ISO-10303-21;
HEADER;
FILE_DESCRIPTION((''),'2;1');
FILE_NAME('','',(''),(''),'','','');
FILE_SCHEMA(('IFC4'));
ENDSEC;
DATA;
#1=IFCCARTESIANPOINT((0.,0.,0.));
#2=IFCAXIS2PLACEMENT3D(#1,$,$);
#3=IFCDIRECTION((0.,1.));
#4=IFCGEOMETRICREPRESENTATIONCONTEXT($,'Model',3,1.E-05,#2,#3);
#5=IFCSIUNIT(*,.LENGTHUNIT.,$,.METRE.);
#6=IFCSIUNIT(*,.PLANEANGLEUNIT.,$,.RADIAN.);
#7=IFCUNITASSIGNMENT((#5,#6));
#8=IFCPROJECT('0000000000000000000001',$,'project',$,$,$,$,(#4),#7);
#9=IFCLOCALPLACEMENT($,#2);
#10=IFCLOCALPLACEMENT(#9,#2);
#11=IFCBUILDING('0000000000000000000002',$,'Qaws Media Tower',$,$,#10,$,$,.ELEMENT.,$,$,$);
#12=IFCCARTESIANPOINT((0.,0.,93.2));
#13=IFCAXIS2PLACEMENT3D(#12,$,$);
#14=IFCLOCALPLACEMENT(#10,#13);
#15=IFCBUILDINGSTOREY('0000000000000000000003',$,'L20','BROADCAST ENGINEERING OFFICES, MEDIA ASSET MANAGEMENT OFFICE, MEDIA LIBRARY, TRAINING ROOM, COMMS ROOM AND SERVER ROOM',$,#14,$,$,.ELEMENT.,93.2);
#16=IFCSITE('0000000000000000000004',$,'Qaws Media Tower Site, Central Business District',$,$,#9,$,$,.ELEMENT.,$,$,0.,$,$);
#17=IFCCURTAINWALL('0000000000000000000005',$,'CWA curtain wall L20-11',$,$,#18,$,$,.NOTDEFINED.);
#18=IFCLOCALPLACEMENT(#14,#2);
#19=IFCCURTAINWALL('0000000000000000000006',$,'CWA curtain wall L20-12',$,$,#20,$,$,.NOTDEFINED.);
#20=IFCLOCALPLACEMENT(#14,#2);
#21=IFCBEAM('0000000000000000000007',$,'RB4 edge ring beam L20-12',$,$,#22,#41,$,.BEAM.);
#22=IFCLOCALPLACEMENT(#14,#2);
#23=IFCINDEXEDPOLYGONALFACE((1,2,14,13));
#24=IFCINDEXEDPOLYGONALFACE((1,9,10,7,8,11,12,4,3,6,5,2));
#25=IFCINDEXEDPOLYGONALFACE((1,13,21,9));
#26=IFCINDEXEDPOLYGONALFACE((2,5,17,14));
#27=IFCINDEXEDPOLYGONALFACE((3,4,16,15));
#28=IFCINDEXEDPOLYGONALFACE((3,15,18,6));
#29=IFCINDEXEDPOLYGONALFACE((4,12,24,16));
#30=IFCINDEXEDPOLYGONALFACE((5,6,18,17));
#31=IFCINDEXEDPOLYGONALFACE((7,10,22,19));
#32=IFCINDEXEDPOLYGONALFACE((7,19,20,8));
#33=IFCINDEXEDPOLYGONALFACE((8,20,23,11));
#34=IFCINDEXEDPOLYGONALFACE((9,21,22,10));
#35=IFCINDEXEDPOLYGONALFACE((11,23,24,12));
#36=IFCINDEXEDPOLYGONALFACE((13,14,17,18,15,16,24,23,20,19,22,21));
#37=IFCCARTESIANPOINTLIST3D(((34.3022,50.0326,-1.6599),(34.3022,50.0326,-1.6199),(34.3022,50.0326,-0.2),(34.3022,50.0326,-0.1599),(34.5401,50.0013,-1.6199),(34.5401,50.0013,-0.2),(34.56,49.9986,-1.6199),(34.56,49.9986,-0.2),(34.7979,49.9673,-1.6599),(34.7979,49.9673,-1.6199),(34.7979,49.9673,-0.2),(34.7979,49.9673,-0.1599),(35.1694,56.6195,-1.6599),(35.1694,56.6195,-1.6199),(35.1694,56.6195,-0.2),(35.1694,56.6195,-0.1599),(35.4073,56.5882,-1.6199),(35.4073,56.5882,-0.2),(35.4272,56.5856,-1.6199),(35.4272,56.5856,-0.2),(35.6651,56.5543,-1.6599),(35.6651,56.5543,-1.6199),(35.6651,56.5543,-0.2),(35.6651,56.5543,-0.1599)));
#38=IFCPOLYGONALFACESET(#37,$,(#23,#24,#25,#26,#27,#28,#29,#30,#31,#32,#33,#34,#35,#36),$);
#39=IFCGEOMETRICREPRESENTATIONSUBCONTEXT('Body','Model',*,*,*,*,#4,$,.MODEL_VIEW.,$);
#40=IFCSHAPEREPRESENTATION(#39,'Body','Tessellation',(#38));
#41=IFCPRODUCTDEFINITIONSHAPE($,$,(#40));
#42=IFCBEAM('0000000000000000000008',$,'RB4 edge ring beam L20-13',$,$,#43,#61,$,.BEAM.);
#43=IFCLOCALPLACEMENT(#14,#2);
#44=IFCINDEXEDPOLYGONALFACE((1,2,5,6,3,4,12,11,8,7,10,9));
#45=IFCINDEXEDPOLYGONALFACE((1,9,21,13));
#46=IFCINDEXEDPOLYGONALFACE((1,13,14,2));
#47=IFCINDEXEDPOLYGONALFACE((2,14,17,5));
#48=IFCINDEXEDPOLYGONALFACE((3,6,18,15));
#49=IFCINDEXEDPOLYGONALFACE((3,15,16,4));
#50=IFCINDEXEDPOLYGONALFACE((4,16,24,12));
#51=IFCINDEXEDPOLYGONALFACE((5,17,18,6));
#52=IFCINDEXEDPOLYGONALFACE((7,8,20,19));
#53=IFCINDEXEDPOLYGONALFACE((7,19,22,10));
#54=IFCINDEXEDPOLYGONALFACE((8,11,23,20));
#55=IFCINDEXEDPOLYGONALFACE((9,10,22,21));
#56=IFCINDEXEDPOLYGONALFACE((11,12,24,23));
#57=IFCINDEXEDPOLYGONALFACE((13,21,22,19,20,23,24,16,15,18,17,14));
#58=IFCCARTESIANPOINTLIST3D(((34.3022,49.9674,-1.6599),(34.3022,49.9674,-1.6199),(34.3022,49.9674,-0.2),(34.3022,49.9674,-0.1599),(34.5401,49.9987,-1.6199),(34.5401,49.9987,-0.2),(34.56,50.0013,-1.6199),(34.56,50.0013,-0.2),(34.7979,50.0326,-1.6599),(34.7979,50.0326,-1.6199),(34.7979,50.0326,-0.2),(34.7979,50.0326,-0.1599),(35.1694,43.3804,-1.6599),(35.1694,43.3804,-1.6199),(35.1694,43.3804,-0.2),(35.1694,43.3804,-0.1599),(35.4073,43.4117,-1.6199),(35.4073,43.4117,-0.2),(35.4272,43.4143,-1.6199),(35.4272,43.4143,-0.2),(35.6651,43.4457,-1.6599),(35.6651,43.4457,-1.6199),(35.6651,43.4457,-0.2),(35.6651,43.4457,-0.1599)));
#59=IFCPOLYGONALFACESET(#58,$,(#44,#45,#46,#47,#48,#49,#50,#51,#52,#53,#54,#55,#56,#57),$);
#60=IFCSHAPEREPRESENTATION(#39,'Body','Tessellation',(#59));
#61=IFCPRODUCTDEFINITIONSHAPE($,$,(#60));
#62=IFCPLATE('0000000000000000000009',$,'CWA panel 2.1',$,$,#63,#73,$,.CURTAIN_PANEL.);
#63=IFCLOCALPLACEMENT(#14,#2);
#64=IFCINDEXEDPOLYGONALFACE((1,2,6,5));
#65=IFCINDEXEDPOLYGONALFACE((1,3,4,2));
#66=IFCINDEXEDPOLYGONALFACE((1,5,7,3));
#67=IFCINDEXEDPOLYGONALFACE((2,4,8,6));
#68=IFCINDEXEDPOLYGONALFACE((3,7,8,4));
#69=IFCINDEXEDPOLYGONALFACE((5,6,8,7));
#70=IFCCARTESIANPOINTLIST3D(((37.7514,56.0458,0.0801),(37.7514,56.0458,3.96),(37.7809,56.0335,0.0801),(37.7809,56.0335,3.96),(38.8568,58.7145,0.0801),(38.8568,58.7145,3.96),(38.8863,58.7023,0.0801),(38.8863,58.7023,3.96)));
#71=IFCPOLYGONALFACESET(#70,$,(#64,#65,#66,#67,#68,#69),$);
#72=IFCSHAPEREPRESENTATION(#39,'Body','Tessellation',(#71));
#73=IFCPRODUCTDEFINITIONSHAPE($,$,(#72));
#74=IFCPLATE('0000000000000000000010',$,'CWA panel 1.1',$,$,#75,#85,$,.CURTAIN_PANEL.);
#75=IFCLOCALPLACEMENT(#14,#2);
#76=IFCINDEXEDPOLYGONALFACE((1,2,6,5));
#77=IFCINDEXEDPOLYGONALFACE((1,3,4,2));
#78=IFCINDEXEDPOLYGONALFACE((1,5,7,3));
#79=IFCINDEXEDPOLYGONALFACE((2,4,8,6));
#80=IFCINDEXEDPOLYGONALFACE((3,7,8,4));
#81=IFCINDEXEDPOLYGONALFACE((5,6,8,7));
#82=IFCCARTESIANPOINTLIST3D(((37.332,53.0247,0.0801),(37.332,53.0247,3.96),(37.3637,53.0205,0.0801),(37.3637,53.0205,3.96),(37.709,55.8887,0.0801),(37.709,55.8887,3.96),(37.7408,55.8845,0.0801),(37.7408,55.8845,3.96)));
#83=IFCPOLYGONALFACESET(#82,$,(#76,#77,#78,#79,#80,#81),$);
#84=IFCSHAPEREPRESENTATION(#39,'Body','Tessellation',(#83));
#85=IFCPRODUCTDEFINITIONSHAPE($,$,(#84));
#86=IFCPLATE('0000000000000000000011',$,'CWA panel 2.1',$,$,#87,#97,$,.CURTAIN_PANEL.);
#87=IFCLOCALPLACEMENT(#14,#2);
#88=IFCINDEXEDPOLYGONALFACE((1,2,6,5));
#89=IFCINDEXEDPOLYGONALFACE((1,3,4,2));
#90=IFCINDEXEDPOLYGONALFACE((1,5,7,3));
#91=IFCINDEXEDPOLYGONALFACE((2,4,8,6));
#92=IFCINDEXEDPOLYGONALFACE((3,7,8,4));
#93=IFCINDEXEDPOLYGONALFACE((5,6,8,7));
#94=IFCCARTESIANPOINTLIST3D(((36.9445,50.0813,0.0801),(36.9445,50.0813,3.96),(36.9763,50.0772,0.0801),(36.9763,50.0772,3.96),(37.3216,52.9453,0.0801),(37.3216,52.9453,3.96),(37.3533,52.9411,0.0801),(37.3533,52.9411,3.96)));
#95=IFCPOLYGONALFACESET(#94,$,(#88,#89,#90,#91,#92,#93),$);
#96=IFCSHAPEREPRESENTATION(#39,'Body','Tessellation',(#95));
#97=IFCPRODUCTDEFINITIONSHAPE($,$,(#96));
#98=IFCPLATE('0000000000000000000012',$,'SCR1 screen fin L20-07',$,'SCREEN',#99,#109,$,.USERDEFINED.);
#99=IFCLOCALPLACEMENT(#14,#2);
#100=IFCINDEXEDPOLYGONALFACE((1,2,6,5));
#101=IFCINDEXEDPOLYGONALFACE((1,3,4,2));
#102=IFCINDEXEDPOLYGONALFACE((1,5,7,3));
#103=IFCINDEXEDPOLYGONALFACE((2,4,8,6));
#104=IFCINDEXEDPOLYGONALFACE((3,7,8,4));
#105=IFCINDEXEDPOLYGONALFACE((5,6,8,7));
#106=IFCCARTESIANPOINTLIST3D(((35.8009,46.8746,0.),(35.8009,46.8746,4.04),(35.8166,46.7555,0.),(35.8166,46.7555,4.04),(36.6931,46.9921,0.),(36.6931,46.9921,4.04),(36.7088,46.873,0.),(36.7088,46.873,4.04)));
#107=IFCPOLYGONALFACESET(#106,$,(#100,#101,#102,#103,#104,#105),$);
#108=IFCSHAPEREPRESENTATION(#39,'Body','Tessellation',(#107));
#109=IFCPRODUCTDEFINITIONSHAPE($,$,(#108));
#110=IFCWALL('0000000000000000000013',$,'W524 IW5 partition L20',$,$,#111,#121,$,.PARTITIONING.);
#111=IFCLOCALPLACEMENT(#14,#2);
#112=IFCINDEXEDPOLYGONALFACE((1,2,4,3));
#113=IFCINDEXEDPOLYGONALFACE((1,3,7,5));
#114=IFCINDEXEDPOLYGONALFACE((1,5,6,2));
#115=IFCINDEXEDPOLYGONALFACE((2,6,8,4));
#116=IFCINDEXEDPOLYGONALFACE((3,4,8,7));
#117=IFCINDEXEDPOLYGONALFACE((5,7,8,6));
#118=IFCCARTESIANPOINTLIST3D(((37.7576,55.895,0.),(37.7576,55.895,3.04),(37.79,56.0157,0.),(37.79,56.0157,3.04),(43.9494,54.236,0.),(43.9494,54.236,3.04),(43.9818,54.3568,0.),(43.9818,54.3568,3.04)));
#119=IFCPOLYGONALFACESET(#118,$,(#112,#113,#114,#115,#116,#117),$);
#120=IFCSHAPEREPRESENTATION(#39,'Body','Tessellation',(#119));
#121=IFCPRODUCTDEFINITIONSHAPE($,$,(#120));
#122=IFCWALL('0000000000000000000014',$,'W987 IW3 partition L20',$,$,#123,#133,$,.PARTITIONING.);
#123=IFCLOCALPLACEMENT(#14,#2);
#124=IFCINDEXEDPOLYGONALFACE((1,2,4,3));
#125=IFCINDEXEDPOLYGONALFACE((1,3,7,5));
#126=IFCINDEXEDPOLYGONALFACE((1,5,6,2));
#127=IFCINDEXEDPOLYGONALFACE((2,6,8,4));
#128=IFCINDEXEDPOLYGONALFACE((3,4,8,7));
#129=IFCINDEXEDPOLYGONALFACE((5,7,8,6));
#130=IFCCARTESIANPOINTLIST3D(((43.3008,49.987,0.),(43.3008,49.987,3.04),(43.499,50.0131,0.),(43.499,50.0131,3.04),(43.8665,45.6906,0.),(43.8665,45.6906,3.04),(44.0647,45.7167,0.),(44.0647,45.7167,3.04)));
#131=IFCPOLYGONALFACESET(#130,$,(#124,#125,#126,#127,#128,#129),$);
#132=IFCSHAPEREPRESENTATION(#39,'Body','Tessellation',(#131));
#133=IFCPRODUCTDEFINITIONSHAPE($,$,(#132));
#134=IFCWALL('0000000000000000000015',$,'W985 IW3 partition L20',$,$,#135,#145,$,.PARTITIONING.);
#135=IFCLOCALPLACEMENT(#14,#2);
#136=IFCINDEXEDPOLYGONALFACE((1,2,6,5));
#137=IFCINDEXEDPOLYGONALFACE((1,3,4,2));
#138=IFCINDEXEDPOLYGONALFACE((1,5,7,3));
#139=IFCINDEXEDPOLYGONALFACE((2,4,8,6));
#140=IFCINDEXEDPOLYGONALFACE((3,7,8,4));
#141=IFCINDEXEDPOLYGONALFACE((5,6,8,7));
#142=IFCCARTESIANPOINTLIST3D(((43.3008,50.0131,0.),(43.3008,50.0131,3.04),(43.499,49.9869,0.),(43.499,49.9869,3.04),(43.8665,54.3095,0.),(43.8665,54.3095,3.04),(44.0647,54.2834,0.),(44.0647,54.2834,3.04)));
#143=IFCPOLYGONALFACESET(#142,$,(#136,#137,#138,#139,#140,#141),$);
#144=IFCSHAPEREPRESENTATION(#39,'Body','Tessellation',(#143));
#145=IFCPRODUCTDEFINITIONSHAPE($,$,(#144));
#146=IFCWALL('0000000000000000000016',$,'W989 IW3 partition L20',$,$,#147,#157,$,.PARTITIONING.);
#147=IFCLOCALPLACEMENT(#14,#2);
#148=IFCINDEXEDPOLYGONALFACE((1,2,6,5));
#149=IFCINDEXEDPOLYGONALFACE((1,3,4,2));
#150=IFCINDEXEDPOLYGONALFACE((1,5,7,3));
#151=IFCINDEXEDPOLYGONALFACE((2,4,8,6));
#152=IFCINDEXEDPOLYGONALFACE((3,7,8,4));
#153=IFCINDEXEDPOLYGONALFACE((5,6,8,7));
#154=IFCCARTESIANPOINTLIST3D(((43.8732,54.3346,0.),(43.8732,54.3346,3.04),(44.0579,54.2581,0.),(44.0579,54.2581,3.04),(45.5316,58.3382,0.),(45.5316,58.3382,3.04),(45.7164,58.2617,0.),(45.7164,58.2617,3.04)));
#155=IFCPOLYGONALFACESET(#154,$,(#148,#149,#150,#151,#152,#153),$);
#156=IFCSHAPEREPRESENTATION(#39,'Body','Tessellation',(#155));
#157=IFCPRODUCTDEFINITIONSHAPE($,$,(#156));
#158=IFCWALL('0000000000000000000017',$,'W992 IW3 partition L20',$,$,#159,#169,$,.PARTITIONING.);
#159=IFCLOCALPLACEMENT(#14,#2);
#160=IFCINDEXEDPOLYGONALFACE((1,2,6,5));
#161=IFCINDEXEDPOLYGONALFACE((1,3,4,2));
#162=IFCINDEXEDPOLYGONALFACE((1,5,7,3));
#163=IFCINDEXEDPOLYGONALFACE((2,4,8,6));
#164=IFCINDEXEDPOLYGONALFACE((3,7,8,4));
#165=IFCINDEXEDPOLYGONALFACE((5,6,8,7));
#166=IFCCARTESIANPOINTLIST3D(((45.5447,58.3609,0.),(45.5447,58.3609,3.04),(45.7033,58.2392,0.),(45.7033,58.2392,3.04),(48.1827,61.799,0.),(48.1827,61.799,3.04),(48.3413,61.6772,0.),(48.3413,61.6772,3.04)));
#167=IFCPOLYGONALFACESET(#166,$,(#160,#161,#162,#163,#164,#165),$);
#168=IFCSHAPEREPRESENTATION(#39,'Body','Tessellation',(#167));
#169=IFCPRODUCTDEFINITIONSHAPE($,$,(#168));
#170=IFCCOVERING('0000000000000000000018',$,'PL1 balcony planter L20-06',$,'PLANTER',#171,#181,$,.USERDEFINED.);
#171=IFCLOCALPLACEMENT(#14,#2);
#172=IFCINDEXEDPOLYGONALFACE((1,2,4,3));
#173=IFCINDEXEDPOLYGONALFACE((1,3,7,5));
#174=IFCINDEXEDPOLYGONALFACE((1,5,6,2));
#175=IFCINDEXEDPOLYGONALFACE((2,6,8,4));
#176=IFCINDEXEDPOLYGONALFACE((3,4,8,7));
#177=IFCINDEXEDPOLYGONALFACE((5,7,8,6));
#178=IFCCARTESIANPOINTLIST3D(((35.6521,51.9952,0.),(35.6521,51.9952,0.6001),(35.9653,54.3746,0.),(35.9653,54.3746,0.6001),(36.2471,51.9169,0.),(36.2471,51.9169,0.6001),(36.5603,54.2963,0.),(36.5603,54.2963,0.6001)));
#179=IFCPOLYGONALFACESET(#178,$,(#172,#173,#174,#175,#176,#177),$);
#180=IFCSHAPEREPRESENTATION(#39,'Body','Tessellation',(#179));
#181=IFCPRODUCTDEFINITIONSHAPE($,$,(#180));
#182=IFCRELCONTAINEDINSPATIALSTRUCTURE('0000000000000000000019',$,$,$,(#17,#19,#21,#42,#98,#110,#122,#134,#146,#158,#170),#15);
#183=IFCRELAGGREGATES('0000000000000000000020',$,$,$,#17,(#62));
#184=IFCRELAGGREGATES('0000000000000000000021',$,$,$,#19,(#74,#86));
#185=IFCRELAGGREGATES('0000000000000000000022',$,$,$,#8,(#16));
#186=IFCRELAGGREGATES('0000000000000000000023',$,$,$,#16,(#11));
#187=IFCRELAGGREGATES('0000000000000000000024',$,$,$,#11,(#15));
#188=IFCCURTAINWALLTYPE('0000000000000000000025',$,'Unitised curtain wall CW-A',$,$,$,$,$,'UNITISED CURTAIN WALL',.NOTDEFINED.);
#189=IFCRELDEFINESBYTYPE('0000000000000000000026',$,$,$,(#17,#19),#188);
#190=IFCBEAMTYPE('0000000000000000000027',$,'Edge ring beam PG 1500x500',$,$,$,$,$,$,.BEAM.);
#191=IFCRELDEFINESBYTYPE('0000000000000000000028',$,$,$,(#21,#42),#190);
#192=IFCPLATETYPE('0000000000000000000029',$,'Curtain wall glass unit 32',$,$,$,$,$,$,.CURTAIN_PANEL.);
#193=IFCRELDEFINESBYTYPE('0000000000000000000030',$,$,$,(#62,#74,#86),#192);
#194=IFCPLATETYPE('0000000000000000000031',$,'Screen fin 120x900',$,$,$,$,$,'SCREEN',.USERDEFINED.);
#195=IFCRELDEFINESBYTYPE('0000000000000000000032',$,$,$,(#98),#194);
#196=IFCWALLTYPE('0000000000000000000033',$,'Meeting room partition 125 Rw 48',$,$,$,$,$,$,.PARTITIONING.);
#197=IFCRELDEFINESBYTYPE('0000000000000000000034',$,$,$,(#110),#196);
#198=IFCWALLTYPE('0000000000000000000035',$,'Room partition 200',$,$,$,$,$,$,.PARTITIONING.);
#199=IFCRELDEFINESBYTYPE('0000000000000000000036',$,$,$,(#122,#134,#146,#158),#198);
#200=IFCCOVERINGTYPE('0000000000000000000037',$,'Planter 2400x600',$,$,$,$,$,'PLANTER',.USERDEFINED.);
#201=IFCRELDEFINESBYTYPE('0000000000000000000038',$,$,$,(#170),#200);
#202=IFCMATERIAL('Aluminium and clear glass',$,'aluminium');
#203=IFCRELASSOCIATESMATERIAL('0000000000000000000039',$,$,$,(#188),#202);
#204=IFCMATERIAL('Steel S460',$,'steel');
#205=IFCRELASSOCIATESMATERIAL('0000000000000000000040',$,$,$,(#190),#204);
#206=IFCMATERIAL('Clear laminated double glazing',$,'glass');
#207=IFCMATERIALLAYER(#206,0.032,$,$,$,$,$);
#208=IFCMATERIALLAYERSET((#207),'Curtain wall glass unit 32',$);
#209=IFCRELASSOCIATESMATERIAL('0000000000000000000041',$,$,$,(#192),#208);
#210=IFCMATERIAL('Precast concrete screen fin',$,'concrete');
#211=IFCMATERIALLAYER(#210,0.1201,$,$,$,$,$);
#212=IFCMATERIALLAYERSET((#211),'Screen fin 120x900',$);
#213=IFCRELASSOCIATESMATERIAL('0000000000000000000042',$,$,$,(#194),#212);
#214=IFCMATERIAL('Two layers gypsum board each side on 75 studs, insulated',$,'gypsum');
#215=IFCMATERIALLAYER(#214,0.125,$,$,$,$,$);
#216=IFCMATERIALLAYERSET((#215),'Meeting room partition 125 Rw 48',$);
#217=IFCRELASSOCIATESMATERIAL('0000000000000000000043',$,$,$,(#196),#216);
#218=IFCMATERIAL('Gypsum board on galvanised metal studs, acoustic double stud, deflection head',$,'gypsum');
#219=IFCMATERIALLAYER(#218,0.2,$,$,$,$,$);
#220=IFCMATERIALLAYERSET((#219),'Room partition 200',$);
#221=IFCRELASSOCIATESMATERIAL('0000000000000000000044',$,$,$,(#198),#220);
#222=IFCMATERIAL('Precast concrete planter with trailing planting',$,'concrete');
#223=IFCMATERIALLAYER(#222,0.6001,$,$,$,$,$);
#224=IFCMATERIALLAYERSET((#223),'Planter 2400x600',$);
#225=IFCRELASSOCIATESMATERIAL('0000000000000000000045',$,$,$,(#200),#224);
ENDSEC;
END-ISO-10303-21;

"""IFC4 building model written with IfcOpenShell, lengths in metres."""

from ifc_helpers import new_model, si_unit, direction, frame, frame_2d, origin, origin_2d, place, context, subcontext, project, spatial, rectangle, i_section, extrude, material, layer, layer_set, material_profile, profile_set, type_object, element, aggregate, save


model = new_model("IFC4")

# Units and contexts
model_context = context("Model", 3, precision=1e-05, world=origin(), true_north=direction((0.0, 1.0)))
body_context = subcontext(model_context, "Body", "Model", "MODEL_VIEW")
ifc_project = project(units=[si_unit("LENGTHUNIT", "METRE"), si_unit("PLANEANGLEUNIT", "RADIAN")], contexts=[model_context])

# Site, building, storey
site_placement = place(None, origin())
site = spatial("IfcSite", under=ifc_project, at=site_placement, Name="Qaws Media Tower Site, Central Business District", CompositionType="ELEMENT", RefElevation=0.0)
building_placement = place(site_placement, origin())
building = spatial("IfcBuilding", under=site, at=building_placement, Name="Qaws Media Tower", CompositionType="ELEMENT")
storey_placement = place(building_placement, frame((0.0, 0.0, 93.2)))
storey = spatial("IfcBuildingStorey", under=building, at=storey_placement, Name="L20", Description="BROADCAST ENGINEERING OFFICES, MEDIA ASSET MANAGEMENT OFFICE, MEDIA LIBRARY, TRAINING ROOM, COMMS ROOM AND SERVER ROOM", CompositionType="ELEMENT", Elevation=93.2)

# Curtain wall
ifc_material_1 = material(Name="Aluminium and clear glass", Category="aluminium")
curtain_wall_type = type_object("IfcCurtainWallType", Name="Unitised curtain wall CW-A", ElementType="UNITISED CURTAIN WALL", PredefinedType="NOTDEFINED", material=ifc_material_1)
curtain_wall_1_placement = place(storey_placement, origin())
curtain_wall_1 = element("IfcCurtainWall", 1, at=curtain_wall_1_placement, inside=storey, type_object=curtain_wall_type, Name="CWA curtain wall L20-11", PredefinedType="NOTDEFINED")

# Curtain wall
curtain_wall_2_placement = place(storey_placement, origin())
curtain_wall_2 = element("IfcCurtainWall", 2, at=curtain_wall_2_placement, inside=storey, type_object=curtain_wall_type, Name="CWA curtain wall L20-12", PredefinedType="NOTDEFINED")

# Beams
ifc_material_2 = material(Name="Steel S460", Category="steel")
ifc_material_profile_1 = material_profile(ifc_material_2, i_section(OverallWidth=0.5, OverallDepth=1.5, WebThickness=0.02, FlangeThickness=0.04, at=origin_2d()), Name="PG 1500x500")
ifc_profile_set_1 = profile_set([ifc_material_profile_1], Name="Steel S460")
beam_type = type_object("IfcBeamType", Name="Edge ring beam PG 1500x500", PredefinedType="BEAM", material=ifc_profile_set_1)
for number, where, z_axis, x_axis, name in (
    (3, (35.4172, 56.5869, -0.9099), (-0.130527, -0.991445, 0.0), (0.991445, -0.130527, 0.0), "RB4 edge ring beam L20-12"),
    (4, (34.55, 50.0, -0.9099), (0.130527, -0.991445, 0.0), (0.991445, 0.130527, 0.0), "RB4 edge ring beam L20-13"),
):
    element("IfcBeam", number, at=place(storey_placement, frame(where, z_axis=z_axis, x_axis=x_axis)), inside=storey, type_object=beam_type, Name=name, PredefinedType="BEAM", context=body_context, shape_type="SweptSolid", body=[
        extrude(i_section(OverallWidth=0.5, OverallDepth=1.5, WebThickness=0.02, FlangeThickness=0.04, at=origin_2d()), origin(), (0.0, 0.0, 1.0), 6.6438),
    ])

# Plates
ifc_material_3 = material(Name="Clear laminated double glazing", Category="glass")
ifc_layer_1 = layer(ifc_material_3, 0.032)
ifc_layer_set_1 = layer_set([ifc_layer_1], Name="Curtain wall glass unit 32")
plate_type_1 = type_object("IfcPlateType", Name="Curtain wall glass unit 32", PredefinedType="CURTAIN_PANEL", material=ifc_layer_set_1)
plate_1_placement = place(storey_placement, frame((38.3188, 57.374, 0.0801), z_axis=(0.0, 0.0, 1.0), x_axis=(-0.382683, -0.92388, 0.0)))
plate_1 = element("IfcPlate", 5, at=plate_1_placement, type_object=plate_type_1, Name="CWA panel 2.1", PredefinedType="CURTAIN_PANEL", context=body_context, shape_type="SweptSolid", body=[
    extrude(rectangle(XDim=2.8887, YDim=0.032, at=origin_2d()), origin(), (0.0, 0.0, 1.0), 3.8799),
])
aggregate(curtain_wall_1, [plate_1])
plate_2_placement = place(storey_placement, frame((37.5364, 54.4546, 0.0801), z_axis=(0.0, 0.0, 1.0), x_axis=(-0.130526, -0.991445, 0.0)))
plate_2 = element("IfcPlate", 6, at=plate_2_placement, type_object=plate_type_1, Name="CWA panel 1.1", PredefinedType="CURTAIN_PANEL", context=body_context, shape_type="SweptSolid", body=[
    extrude(rectangle(XDim=2.8887, YDim=0.032, at=origin_2d()), origin(), (0.0, 0.0, 1.0), 3.8799),
])
plate_3_placement = place(storey_placement, frame((37.1489, 51.5112, 0.0801), z_axis=(0.0, 0.0, 1.0), x_axis=(-0.130526, -0.991445, 0.0)))
plate_3 = element("IfcPlate", 7, at=plate_3_placement, type_object=plate_type_1, Name="CWA panel 2.1", PredefinedType="CURTAIN_PANEL", context=body_context, shape_type="SweptSolid", body=[
    extrude(rectangle(XDim=2.8887, YDim=0.032, at=origin_2d()), origin(), (0.0, 0.0, 1.0), 3.8799),
])
aggregate(curtain_wall_2, [plate_2, plate_3])
ifc_material_4 = material(Name="Precast concrete screen fin", Category="concrete")
ifc_layer_2 = layer(ifc_material_4, 0.1201)
ifc_layer_set_2 = layer_set([ifc_layer_2], Name="Screen fin 120x900")
plate_type_2 = type_object("IfcPlateType", Name="Screen fin 120x900", ElementType="SCREEN", PredefinedType="USERDEFINED", material=ifc_layer_set_2)
plate_4_placement = place(storey_placement, frame((36.2549, 46.8738, 0.0), z_axis=(0.0, 0.0, 1.0), x_axis=(-0.991445, -0.130526, 0.0)))
element("IfcPlate", 8, at=plate_4_placement, inside=storey, type_object=plate_type_2, Name="SCR1 screen fin L20-07", ObjectType="SCREEN", PredefinedType="USERDEFINED", context=body_context, shape_type="SweptSolid", body=[
    extrude(rectangle(XDim=0.8999, YDim=0.1201, at=origin_2d()), origin(), (0.0, 0.0, 1.0), 4.04),
])

# Walls
ifc_material_5 = material(Name="Two layers gypsum board each side on 75 studs, insulated", Category="gypsum")
ifc_layer_3 = layer(ifc_material_5, 0.125)
ifc_layer_set_3 = layer_set([ifc_layer_3], Name="Meeting room partition 125 Rw 48")
wall_type_1 = type_object("IfcWallType", Name="Meeting room partition 125 Rw 48", PredefinedType="PARTITIONING", material=ifc_layer_set_3)
wall_1_placement = place(storey_placement, frame((43.9656, 54.2964, 0.0), z_axis=(0.0, 0.0, 1.0), x_axis=(-0.96593, 0.258803, 0.0)))
element("IfcWall", 9, at=wall_1_placement, inside=storey, type_object=wall_type_1, Name="W524 IW5 partition L20", PredefinedType="PARTITIONING", context=body_context, shape_type="SweptSolid", body=[
    extrude(rectangle(XDim=6.4102, YDim=0.125, at=frame_2d((3.2051, 0.0))), origin(), (0.0, 0.0, 1.0), 3.04),
])
ifc_material_6 = material(Name="Gypsum board on galvanised metal studs, acoustic double stud, deflection head", Category="gypsum")
ifc_layer_4 = layer(ifc_material_6, 0.2)
ifc_layer_set_4 = layer_set([ifc_layer_4], Name="Room partition 200")
wall_type_2 = type_object("IfcWallType", Name="Room partition 200", PredefinedType="PARTITIONING", material=ifc_layer_set_4)
for number, where, z_axis, x_axis, name in (
    (10, (43.9656, 45.7036, 0.0), (0.0, 0.0, 1.0), (-0.130536, 0.991444, 0.0), "W987 IW3 partition L20"),
    (11, (43.3999, 50.0, 0.0), (0.0, 0.0, 1.0), (0.130536, 0.991444, 0.0), "W985 IW3 partition L20"),
    (12, (43.9656, 54.2964, 0.0), (0.0, 0.0, 1.0), (0.382698, 0.923873, 0.0), "W989 IW3 partition L20"),
    (13, (45.624, 58.3, 0.0), (0.0, 0.0, 1.0), (0.608744, 0.793367, 0.0), "W992 IW3 partition L20"),
):
    element("IfcWall", number, at=place(storey_placement, frame(where, z_axis=z_axis, x_axis=x_axis)), inside=storey, type_object=wall_type_2, Name=name, PredefinedType="PARTITIONING", context=body_context, shape_type="SweptSolid", body=[
        extrude(rectangle(XDim=4.3335, YDim=0.2, at=frame_2d((2.1667, 0.0))), origin(), (0.0, 0.0, 1.0), 3.04),
    ])

# Covering
ifc_material_7 = material(Name="Precast concrete planter with trailing planting", Category="concrete")
ifc_layer_5 = layer(ifc_material_7, 0.6001)
ifc_layer_set_5 = layer_set([ifc_layer_5], Name="Planter 2400x600")
covering_type = type_object("IfcCoveringType", Name="Planter 2400x600", ElementType="PLANTER", PredefinedType="USERDEFINED", material=ifc_layer_set_5)
covering_placement = place(storey_placement, frame((36.1062, 53.1458, 0.0), z_axis=(0.0, 0.0, 1.0), x_axis=(-0.130526, -0.991445, 0.0)))
element("IfcCovering", 14, at=covering_placement, inside=storey, type_object=covering_type, Name="PL1 balcony planter L20-06", ObjectType="PLANTER", PredefinedType="USERDEFINED", context=body_context, shape_type="SweptSolid", body=[
    extrude(rectangle(XDim=2.3999, YDim=0.6001, at=origin_2d()), origin(), (0.0, 0.0, 1.0), 0.6001),
])

save(model, "model.ifc")
